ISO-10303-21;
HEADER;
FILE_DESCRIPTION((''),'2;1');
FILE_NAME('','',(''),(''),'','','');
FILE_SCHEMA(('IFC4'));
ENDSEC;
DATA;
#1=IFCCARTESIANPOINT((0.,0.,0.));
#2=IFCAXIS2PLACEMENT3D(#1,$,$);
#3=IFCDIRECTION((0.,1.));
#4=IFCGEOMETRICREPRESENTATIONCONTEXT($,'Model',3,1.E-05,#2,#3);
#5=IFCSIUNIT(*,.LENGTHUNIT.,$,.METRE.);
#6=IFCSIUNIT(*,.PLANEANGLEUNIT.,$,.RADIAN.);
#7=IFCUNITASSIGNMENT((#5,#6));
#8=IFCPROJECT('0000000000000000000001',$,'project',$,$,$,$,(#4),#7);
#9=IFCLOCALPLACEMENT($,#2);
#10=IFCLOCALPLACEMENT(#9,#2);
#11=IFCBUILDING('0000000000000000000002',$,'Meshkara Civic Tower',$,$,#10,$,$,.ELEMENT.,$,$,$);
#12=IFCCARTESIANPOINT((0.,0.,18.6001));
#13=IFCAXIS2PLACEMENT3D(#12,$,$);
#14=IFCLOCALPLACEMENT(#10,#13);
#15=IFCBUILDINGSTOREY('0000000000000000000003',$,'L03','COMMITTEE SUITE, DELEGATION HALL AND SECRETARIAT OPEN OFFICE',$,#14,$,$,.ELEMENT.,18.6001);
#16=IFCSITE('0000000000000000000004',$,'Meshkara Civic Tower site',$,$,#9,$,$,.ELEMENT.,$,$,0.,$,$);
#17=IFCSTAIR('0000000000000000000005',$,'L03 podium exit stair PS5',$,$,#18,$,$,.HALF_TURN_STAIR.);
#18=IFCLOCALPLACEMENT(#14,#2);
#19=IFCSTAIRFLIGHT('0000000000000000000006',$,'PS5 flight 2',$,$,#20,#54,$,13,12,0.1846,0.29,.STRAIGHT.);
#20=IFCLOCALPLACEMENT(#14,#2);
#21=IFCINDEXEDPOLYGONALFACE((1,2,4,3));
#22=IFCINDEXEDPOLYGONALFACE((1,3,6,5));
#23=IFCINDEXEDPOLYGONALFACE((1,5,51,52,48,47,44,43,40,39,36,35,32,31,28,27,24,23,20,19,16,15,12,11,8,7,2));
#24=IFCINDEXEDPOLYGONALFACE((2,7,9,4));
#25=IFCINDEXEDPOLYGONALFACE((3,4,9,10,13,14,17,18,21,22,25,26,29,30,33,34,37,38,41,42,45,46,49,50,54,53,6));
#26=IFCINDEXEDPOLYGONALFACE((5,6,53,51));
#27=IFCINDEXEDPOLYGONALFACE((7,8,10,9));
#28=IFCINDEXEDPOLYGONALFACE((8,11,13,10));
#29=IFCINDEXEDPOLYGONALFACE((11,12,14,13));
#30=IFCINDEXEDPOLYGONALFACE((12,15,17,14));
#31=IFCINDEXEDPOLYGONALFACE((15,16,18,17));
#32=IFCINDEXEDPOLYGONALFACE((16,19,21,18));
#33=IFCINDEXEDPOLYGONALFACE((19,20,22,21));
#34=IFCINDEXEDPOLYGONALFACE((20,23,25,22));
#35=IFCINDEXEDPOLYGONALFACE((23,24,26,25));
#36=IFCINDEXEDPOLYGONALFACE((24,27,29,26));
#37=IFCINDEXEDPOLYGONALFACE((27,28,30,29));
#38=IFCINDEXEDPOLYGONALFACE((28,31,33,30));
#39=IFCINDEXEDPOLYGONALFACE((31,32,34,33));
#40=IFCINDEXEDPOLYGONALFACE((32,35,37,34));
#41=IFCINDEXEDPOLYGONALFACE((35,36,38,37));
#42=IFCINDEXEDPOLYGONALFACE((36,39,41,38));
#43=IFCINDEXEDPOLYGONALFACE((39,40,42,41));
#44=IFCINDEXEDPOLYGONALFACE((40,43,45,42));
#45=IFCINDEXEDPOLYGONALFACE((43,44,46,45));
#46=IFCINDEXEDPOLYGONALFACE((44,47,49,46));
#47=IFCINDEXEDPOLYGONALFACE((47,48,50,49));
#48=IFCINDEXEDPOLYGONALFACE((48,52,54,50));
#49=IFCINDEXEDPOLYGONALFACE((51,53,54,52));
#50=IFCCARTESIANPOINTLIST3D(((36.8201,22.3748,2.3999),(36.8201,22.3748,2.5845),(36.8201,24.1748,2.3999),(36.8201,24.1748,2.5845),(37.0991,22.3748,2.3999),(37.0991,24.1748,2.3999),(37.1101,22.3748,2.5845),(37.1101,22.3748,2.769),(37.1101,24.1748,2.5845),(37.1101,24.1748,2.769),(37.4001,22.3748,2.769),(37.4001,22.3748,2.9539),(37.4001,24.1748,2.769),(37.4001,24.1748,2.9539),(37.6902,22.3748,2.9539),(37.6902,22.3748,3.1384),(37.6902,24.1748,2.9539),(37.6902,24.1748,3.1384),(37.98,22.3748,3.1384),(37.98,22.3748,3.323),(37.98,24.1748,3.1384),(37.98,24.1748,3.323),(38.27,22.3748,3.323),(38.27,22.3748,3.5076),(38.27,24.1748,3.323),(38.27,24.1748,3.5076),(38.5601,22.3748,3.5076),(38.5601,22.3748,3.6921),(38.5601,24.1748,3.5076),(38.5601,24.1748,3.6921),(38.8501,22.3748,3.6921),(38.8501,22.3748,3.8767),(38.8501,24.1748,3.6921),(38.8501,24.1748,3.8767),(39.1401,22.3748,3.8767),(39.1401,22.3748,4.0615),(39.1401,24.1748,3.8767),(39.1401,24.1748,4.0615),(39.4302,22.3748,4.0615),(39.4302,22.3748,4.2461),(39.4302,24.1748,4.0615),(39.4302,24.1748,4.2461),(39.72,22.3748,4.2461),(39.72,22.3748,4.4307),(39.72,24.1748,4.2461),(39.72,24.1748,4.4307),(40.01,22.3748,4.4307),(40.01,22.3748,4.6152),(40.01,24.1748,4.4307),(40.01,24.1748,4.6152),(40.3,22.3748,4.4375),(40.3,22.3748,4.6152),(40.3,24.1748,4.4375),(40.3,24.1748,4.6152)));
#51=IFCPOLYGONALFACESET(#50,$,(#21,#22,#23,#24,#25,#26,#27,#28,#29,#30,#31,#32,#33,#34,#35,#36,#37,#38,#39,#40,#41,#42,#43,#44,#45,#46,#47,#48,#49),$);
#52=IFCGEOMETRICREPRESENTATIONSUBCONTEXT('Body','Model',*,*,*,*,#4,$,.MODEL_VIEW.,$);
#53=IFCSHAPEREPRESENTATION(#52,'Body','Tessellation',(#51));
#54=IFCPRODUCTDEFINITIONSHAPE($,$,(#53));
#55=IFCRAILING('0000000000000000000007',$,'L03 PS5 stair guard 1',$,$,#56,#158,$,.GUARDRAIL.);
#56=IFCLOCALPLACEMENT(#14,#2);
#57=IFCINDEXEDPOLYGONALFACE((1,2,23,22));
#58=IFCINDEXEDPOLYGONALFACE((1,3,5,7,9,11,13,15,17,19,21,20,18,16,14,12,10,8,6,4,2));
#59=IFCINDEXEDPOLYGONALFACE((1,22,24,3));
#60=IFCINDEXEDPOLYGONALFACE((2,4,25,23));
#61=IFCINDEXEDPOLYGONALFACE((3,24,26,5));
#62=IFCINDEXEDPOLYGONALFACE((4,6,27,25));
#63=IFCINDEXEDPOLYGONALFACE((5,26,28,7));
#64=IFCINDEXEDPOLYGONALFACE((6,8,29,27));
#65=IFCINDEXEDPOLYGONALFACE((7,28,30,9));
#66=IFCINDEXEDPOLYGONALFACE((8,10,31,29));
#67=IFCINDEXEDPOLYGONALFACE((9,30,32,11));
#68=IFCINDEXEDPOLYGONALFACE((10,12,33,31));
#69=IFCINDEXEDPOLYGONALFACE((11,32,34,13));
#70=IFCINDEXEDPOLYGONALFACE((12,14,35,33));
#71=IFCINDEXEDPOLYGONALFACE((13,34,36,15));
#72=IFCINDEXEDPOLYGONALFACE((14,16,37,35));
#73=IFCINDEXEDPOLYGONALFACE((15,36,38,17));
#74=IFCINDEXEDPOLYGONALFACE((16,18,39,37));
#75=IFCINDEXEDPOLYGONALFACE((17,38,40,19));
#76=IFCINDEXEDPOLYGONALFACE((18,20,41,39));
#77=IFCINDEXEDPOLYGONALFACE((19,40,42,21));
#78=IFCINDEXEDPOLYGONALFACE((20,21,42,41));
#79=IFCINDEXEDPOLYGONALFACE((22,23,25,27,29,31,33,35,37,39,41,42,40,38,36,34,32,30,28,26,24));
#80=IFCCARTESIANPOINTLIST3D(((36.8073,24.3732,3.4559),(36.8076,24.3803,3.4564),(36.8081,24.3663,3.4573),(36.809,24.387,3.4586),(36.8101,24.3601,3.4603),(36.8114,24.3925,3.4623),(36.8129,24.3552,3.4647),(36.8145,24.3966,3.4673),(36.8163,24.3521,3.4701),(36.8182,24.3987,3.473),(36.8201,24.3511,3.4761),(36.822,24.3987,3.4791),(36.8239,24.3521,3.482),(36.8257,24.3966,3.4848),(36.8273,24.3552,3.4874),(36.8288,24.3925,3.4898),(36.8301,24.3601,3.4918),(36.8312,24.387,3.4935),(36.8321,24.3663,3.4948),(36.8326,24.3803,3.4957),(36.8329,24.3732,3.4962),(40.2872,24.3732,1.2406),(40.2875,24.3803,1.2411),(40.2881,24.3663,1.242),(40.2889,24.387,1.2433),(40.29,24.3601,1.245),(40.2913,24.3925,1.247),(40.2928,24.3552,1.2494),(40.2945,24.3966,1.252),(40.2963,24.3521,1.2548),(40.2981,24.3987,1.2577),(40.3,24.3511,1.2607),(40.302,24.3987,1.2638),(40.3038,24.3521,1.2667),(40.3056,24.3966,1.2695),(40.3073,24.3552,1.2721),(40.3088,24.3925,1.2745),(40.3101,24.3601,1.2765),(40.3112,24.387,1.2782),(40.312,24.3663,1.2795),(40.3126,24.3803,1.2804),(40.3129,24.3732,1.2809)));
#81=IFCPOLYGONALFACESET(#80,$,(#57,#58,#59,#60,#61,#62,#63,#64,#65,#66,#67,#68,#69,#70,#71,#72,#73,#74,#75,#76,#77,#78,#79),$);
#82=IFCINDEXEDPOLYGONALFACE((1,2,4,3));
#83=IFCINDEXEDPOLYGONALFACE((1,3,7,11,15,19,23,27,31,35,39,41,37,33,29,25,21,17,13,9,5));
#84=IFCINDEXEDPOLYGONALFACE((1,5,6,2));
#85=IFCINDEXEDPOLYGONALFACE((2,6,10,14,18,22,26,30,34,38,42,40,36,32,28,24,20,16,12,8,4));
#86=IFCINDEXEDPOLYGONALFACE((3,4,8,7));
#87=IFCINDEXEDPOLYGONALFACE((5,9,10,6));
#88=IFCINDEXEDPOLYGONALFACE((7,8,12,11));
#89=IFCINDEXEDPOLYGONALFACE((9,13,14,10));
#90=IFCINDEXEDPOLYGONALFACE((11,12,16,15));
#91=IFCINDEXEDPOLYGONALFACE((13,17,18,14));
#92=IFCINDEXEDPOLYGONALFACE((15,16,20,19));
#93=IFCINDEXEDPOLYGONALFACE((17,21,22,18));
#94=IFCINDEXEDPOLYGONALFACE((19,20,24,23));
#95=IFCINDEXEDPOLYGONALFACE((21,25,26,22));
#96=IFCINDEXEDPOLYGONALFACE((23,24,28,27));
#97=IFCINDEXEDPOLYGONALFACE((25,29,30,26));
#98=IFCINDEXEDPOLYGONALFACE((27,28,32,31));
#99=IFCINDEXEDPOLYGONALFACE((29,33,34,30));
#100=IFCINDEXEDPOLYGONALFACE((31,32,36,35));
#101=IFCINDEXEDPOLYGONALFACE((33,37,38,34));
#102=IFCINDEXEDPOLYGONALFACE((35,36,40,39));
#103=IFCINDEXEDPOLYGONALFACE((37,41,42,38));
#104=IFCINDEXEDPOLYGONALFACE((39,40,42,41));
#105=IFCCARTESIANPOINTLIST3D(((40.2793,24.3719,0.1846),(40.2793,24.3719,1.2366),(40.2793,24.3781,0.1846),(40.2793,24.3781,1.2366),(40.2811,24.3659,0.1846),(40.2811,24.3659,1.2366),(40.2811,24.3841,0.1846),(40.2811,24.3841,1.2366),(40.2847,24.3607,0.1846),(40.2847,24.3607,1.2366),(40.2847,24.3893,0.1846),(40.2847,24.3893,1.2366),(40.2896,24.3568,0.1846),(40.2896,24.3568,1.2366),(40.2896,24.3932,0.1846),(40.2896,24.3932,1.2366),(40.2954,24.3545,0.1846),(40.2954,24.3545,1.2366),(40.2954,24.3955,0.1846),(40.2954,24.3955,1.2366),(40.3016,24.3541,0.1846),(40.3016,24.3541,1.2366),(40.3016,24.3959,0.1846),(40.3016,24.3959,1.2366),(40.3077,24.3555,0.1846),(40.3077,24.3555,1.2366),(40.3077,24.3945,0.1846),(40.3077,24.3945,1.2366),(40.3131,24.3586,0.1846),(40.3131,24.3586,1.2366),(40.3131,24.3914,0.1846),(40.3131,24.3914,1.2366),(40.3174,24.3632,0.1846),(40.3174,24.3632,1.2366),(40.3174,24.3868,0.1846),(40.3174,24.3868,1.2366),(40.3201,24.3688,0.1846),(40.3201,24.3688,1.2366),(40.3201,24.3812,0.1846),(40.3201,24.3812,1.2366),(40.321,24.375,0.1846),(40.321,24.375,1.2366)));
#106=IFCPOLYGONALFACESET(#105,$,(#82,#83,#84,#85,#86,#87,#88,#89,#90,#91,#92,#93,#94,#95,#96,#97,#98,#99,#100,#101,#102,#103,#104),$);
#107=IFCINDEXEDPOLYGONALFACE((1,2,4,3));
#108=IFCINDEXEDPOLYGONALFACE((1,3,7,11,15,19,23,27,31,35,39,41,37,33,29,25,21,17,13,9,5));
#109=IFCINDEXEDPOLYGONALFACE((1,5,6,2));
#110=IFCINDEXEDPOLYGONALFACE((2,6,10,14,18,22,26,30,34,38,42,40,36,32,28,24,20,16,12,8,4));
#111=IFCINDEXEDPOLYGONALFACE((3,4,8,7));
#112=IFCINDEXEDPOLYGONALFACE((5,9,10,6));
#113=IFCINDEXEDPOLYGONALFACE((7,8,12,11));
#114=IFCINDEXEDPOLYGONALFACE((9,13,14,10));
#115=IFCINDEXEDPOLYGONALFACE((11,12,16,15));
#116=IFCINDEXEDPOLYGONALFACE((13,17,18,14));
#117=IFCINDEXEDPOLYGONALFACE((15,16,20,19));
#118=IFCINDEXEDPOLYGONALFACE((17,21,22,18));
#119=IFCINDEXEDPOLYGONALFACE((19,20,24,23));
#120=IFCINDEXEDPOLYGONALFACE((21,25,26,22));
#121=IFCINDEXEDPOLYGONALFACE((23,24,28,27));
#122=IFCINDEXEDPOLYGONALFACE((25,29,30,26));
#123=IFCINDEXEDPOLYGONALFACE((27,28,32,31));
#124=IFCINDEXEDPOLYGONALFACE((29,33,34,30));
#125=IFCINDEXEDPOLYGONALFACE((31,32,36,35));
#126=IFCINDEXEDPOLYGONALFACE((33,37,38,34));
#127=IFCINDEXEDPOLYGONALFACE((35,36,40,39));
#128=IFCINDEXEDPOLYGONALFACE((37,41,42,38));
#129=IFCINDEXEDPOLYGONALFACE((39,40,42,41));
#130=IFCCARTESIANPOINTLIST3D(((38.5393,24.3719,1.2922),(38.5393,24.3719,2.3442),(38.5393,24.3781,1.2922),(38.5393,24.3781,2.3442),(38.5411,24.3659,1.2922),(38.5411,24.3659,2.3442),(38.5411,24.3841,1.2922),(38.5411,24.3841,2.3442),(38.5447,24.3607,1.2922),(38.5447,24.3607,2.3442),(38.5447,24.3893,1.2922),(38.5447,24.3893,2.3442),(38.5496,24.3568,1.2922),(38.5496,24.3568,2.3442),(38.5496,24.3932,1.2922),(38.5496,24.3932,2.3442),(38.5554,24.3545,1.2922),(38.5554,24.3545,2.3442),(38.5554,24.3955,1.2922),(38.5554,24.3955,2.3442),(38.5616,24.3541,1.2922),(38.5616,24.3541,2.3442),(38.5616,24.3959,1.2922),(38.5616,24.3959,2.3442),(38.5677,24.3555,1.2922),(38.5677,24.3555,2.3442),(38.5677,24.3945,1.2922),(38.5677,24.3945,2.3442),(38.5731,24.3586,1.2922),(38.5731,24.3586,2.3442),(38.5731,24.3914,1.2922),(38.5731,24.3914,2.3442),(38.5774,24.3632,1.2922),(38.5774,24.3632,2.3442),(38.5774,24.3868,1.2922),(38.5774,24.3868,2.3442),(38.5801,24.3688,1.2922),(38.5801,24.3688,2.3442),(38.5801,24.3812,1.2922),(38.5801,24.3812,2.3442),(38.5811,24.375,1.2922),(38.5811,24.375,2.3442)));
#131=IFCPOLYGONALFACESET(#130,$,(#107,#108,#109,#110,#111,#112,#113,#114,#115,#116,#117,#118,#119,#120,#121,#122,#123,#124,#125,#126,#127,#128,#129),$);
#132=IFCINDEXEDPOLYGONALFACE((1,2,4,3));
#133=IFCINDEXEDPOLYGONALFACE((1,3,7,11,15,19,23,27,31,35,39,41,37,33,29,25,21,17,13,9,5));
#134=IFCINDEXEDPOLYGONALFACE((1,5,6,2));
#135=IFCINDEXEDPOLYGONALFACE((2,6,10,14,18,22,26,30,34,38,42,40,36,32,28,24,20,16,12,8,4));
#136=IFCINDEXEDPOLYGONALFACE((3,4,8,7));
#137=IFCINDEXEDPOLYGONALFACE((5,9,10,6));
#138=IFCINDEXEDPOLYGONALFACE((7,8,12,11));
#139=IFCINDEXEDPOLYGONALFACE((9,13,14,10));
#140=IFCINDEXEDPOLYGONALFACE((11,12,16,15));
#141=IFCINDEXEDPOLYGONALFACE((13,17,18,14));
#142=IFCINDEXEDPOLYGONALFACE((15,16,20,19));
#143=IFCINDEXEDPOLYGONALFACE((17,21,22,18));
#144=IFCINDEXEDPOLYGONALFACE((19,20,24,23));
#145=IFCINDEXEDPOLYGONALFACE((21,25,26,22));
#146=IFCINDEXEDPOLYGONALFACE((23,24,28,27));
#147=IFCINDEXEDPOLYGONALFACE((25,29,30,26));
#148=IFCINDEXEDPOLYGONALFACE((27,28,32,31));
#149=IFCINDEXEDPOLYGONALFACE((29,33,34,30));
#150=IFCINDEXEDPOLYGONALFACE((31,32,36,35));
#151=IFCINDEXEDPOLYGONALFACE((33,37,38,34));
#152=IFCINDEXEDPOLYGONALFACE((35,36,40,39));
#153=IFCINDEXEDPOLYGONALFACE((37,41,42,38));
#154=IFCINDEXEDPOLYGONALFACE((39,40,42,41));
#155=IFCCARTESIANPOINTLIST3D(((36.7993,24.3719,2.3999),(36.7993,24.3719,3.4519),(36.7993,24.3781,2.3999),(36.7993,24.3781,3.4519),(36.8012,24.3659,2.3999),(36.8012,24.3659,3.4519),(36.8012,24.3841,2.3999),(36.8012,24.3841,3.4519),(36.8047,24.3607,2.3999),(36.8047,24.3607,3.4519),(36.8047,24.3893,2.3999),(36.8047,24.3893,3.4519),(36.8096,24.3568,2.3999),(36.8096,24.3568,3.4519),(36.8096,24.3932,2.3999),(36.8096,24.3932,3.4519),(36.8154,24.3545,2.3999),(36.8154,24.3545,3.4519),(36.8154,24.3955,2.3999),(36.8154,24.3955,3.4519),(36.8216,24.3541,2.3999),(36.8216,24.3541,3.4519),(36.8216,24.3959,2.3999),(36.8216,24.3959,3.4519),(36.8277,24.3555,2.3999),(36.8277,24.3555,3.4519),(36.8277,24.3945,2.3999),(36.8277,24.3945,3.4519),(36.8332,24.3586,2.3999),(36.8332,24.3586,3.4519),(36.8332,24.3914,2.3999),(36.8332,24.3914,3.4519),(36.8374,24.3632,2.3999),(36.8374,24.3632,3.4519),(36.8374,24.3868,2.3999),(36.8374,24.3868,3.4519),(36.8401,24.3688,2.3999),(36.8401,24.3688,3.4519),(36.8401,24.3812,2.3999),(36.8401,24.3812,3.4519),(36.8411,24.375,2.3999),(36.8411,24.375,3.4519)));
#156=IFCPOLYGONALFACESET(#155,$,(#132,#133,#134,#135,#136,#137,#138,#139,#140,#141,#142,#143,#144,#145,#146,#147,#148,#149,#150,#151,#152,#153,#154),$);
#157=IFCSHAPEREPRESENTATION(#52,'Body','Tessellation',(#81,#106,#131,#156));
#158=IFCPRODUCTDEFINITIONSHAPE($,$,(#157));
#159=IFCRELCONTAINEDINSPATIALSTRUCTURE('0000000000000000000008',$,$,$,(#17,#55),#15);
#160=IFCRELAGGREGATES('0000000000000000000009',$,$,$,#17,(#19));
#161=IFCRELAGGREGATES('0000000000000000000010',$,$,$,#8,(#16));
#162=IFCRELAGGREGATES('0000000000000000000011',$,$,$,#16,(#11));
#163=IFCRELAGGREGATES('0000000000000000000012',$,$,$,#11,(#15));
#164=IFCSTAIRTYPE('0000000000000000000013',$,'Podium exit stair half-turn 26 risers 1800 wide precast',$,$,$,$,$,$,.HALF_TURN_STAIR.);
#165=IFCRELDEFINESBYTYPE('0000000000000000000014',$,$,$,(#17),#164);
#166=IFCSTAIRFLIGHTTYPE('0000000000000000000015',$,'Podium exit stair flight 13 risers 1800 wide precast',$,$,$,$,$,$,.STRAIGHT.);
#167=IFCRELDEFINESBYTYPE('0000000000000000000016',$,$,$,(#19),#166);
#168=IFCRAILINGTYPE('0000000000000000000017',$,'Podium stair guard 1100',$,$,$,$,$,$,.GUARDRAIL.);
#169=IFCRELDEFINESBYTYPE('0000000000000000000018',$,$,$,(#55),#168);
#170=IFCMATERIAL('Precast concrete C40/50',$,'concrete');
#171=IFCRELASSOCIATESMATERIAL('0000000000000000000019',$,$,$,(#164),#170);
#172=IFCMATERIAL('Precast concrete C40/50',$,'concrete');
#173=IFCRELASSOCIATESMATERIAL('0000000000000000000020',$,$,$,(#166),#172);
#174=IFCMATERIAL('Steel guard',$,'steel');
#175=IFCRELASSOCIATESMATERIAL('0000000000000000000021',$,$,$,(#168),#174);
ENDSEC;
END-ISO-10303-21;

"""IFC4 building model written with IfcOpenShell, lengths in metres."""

from ifc_helpers import new_model, si_unit, direction, frame, origin, origin_2d, place, context, subcontext, project, spatial, polyline, circle, outline, extrude, material, type_object, element, aggregate, save


model = new_model("IFC4")

# Units and contexts
model_context = context("Model", 3, precision=1e-05, world=origin(), true_north=direction((0.0, 1.0)))
body_context = subcontext(model_context, "Body", "Model", "MODEL_VIEW")
ifc_project = project(units=[si_unit("LENGTHUNIT", "METRE"), si_unit("PLANEANGLEUNIT", "RADIAN")], contexts=[model_context])

# Site, building, storey
site_placement = place(None, origin())
site = spatial("IfcSite", under=ifc_project, at=site_placement, Name="Meshkara Civic Tower site", CompositionType="ELEMENT", RefElevation=0.0)
building_placement = place(site_placement, origin())
building = spatial("IfcBuilding", under=site, at=building_placement, Name="Meshkara Civic Tower", CompositionType="ELEMENT")
storey_placement = place(building_placement, frame((0.0, 0.0, 18.6001)))
storey = spatial("IfcBuildingStorey", under=building, at=storey_placement, Name="L03", Description="COMMITTEE SUITE, DELEGATION HALL AND SECRETARIAT OPEN OFFICE", CompositionType="ELEMENT", Elevation=18.6001)

# Stair, stair flight
ifc_material_1 = material(Name="Precast concrete C40/50", Category="concrete")
stair_type = type_object("IfcStairType", Name="Podium exit stair half-turn 26 risers 1800 wide precast", PredefinedType="HALF_TURN_STAIR", material=ifc_material_1)
stair_placement = place(storey_placement, origin())
stair = element("IfcStair", 1, at=stair_placement, inside=storey, type_object=stair_type, Name="L03 podium exit stair PS5", PredefinedType="HALF_TURN_STAIR")
ifc_material_2 = material(Name="Precast concrete C40/50", Category="concrete")
stair_flight_type = type_object("IfcStairFlightType", Name="Podium exit stair flight 13 risers 1800 wide precast", PredefinedType="STRAIGHT", material=ifc_material_2)
stair_flight_1_placement = place(storey_placement, frame((36.8201, 23.2749, 2.3999), z_axis=(0.0, 0.0, 1.0), x_axis=(1.0, 0.0, 0.0)))
stair_flight_1 = element("IfcStairFlight", 2, at=stair_flight_1_placement, type_object=stair_flight_type, Name="PS5 flight 2", NumberOfRisers=13, NumberOfTreads=12, PredefinedType="STRAIGHT", RiserHeight=0.1846, TreadLength=0.29, context=body_context, shape_type="SweptSolid", body=[
    extrude(outline(polyline([(0.0, 0.0), (0.0, 0.1846), (0.29, 0.1846), (0.29, 0.3691), (0.5801, 0.3691), (0.5801, 0.554), (0.8701, 0.554), (0.8701, 0.7385), (1.1599, 0.7385), (1.1599, 0.9231), (1.45, 0.9231), (1.45, 1.1077), (1.74, 1.1077), (1.74, 1.2922), (2.03, 1.2922), (2.03, 1.4768), (2.3201, 1.4768), (2.3201, 1.6616), (2.6101, 1.6616), (2.6101, 1.8462), (2.8999, 1.8462), (2.8999, 2.0308), (3.1899, 2.0308), (3.1899, 2.2153), (3.48, 2.2153), (3.48, 2.3999), (3.48, 2.0376), (0.2791, 0.0), (0.0, 0.0)])), frame((0.0, 0.8999, 0.0), z_axis=(0.0, -1.0, 0.0), x_axis=(1.0, 0.0, 0.0)), (0.0, 0.0, 1.0), 1.8),
])
aggregate(stair, [stair_flight_1])

# Railing
ifc_material_3 = material(Name="Steel guard", Category="steel")
railing_type_1 = type_object("IfcRailingType", Name="Podium stair guard 1100", PredefinedType="GUARDRAIL", material=ifc_material_3)
railing_1_placement = place(storey_placement, frame((40.3, 24.375, 0.1846)))
element("IfcRailing", 3, at=railing_1_placement, inside=storey, type_object=railing_type_1, Name="L03 PS5 stair guard 1", PredefinedType="GUARDRAIL", context=body_context, shape_type="SweptSolid", body=[
    extrude(circle(Radius=0.0239, at=origin_2d()), frame((0.0, 0.0, 1.0762), z_axis=(-0.843574, 0.0, 0.537013), x_axis=(0.0, -1.0, 0.0)), (0.0, 0.0, 1.0), 4.1252),
    extrude(circle(Radius=0.021, at=origin_2d()), origin(), (0.0, 0.0, 1.0), 1.052),
    extrude(circle(Radius=0.021, at=origin_2d()), frame((-1.74, 0.0, 1.1077)), (0.0, 0.0, 1.0), 1.052),
    extrude(circle(Radius=0.021, at=origin_2d()), frame((-3.48, 0.0, 2.2153)), (0.0, 0.0, 1.0), 1.052),
])

save(model, "model.ifc")
